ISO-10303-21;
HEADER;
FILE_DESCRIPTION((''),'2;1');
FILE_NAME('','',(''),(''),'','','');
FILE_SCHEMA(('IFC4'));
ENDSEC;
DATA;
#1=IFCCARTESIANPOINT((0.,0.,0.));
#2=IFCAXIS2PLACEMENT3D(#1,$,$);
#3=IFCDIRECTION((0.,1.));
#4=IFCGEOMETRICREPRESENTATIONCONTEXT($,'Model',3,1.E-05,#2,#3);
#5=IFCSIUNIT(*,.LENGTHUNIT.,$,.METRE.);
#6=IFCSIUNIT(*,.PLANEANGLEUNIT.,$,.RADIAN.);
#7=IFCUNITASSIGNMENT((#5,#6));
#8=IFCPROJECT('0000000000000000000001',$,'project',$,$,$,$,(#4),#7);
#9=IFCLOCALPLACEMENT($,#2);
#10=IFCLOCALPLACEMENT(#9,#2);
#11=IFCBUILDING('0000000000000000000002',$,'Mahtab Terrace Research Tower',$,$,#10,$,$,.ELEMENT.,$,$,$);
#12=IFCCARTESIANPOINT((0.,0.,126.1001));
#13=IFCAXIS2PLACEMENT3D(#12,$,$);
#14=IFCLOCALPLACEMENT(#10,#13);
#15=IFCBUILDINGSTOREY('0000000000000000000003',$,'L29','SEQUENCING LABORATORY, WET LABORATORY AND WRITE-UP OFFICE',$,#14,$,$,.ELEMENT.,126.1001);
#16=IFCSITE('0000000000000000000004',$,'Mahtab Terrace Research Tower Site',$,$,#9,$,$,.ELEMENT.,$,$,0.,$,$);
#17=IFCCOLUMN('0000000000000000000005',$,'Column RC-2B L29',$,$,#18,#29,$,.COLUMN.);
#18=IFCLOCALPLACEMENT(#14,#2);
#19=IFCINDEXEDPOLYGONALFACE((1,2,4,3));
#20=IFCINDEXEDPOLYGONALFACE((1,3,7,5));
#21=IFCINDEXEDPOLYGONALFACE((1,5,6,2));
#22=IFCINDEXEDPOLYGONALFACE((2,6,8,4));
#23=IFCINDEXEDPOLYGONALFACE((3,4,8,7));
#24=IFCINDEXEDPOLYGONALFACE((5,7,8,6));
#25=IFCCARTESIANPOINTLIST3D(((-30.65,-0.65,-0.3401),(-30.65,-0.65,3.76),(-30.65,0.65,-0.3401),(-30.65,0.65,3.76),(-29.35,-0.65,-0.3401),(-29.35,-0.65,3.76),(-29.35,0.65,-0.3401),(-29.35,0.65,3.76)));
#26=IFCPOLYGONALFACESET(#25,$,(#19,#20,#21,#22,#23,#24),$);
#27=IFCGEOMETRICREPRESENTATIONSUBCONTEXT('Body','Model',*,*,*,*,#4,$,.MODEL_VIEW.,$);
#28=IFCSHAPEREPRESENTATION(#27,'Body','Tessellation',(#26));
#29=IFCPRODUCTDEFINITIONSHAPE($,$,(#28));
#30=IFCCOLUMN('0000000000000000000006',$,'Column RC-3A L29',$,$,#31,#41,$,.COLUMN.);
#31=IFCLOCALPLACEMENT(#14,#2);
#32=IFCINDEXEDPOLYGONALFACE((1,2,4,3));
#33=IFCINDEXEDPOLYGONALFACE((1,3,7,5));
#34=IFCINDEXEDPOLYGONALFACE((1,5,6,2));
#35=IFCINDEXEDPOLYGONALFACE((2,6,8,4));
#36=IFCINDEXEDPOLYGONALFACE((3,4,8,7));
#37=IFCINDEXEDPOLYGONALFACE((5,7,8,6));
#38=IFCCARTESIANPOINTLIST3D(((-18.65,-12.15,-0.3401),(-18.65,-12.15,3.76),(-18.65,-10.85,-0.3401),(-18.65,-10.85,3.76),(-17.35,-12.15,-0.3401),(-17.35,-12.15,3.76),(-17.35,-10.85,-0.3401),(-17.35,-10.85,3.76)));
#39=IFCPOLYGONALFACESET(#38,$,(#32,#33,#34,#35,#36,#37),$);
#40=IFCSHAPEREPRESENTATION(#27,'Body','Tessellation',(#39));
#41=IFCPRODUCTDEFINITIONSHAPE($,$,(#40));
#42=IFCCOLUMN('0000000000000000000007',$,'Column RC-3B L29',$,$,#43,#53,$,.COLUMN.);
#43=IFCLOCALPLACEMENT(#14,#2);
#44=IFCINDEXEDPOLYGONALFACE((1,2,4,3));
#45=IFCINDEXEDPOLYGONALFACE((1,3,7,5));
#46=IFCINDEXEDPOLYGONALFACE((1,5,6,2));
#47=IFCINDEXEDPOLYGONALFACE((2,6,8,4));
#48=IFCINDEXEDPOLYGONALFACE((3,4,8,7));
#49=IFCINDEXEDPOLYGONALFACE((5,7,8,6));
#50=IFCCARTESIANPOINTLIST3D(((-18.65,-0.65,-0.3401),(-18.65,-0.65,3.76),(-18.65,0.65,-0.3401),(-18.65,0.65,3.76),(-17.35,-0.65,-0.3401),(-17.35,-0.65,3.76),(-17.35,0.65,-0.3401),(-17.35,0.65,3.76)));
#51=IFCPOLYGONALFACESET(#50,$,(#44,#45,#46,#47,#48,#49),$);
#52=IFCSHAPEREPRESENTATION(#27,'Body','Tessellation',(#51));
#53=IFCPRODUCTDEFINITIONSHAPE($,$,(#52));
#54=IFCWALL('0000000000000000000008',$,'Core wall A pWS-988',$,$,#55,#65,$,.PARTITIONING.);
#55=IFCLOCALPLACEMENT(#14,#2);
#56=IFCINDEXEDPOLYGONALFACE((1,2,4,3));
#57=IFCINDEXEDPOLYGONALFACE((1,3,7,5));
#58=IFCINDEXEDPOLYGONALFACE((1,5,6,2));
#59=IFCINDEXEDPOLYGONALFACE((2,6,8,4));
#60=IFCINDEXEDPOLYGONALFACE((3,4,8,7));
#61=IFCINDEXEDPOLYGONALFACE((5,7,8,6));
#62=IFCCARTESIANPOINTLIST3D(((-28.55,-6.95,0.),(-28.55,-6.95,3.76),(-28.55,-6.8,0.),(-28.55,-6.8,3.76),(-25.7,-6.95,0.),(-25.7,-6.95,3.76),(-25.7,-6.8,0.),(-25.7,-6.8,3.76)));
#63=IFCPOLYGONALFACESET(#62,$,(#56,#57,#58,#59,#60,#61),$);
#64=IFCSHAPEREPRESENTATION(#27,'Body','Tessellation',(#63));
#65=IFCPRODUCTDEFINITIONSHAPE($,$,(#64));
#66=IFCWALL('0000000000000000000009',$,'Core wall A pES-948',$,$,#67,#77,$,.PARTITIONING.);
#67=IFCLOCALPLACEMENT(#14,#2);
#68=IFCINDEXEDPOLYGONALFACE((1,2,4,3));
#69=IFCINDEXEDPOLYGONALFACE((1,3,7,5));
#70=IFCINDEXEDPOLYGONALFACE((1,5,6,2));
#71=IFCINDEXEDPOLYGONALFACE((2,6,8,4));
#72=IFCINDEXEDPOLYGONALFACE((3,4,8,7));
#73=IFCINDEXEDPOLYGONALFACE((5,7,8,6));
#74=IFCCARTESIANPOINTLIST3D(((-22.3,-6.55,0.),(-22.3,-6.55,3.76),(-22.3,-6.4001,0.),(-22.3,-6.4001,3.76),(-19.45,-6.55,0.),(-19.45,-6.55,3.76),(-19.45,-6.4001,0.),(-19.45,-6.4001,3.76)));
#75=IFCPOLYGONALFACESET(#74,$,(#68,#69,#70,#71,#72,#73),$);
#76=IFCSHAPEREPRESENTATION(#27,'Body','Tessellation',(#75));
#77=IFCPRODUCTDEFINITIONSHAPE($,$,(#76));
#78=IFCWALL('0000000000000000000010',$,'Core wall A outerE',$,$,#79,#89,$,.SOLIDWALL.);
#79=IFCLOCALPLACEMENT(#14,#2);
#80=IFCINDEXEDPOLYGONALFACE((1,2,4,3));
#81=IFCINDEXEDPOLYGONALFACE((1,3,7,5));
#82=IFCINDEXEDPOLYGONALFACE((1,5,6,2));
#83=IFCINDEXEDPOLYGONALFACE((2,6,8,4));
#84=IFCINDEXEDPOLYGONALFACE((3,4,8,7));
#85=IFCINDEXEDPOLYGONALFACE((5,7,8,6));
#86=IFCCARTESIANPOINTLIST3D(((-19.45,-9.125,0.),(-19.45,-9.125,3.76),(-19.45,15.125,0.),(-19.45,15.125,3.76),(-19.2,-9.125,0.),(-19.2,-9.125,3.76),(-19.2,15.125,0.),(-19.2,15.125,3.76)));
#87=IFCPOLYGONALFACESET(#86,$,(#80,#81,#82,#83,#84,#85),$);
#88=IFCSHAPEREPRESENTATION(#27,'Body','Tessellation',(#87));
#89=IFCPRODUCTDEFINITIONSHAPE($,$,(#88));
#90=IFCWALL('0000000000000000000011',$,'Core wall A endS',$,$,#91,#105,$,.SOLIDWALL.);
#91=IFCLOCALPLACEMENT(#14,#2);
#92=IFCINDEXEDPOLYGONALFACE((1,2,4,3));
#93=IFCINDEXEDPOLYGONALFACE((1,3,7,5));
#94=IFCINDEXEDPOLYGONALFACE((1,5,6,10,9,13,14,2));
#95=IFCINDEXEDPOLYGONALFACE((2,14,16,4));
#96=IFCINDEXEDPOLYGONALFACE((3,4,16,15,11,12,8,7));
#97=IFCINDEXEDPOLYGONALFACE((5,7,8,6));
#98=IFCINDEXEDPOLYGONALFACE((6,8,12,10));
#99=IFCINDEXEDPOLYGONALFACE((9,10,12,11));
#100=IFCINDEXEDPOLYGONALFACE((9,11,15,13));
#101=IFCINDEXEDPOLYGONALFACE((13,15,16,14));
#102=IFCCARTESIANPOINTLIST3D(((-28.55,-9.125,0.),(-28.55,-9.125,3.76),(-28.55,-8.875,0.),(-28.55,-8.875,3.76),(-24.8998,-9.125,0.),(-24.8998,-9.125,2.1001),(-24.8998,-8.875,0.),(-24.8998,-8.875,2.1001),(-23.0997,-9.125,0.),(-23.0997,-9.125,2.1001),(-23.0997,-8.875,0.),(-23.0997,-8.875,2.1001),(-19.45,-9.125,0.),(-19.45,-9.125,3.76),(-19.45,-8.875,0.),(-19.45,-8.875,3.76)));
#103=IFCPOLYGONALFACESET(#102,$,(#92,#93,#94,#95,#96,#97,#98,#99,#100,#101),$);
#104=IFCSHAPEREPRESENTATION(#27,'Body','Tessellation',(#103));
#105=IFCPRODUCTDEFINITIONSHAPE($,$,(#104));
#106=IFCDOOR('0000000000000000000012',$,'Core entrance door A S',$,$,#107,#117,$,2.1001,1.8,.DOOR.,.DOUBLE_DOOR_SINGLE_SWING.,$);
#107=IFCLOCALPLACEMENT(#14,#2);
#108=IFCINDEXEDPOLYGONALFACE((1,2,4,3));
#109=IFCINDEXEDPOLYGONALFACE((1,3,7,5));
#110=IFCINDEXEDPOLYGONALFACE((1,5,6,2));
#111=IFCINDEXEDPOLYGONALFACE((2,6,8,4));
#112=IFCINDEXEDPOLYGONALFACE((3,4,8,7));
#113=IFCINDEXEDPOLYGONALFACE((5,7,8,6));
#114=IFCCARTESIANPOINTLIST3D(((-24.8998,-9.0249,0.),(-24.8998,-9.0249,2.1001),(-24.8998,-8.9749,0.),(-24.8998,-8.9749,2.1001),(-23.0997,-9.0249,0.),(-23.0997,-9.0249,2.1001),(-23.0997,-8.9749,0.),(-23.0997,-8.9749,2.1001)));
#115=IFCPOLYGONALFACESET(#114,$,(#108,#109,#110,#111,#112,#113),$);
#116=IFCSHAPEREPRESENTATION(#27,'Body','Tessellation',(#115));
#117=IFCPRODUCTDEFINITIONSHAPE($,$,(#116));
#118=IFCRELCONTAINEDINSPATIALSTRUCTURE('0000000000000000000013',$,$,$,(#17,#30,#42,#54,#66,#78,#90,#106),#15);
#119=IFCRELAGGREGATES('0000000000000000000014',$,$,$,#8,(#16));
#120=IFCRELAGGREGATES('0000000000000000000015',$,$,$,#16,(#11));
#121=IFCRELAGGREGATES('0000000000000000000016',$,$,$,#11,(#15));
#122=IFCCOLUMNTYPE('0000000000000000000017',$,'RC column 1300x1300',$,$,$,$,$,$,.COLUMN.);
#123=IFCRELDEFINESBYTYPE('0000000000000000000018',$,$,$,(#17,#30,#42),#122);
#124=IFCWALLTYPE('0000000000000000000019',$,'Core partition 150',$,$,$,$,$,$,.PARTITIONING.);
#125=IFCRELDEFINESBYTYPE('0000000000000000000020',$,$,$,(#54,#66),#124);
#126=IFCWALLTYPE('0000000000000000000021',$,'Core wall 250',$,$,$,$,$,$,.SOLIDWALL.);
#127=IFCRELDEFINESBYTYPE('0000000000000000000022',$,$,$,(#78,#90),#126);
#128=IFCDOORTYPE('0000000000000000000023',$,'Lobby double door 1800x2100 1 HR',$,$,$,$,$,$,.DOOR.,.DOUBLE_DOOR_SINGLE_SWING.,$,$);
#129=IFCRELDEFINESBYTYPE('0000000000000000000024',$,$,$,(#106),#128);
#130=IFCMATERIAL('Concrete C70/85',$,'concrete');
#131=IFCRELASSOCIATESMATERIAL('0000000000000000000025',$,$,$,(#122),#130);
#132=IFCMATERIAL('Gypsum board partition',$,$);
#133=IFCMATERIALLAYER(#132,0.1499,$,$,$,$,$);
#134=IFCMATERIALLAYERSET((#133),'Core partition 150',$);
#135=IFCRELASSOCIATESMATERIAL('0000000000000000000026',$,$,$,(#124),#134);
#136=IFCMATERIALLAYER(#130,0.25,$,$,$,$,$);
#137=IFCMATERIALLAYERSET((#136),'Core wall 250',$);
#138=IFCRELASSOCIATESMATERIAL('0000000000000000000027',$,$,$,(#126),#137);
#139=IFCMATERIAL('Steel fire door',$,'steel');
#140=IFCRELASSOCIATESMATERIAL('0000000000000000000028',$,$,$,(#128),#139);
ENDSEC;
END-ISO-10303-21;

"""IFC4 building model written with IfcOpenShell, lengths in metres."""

from ifc_helpers import new_model, si_unit, direction, frame, frame_2d, origin, origin_2d, place, context, subcontext, project, spatial, rectangle, extrude, material, layer, layer_set, material_profile, profile_set, type_object, element, fill, save


model = new_model("IFC4")

# Units and contexts
model_context = context("Model", 3, precision=1e-05, world=origin(), true_north=direction((0.0, 1.0)))
body_context = subcontext(model_context, "Body", "Model", "MODEL_VIEW")
ifc_project = project(units=[si_unit("LENGTHUNIT", "METRE"), si_unit("PLANEANGLEUNIT", "RADIAN")], contexts=[model_context])

# Site, building, storey
site_placement = place(None, origin())
site = spatial("IfcSite", under=ifc_project, at=site_placement, Name="Mahtab Terrace Research Tower Site", CompositionType="ELEMENT", RefElevation=0.0)
building_placement = place(site_placement, origin())
building = spatial("IfcBuilding", under=site, at=building_placement, Name="Mahtab Terrace Research Tower", CompositionType="ELEMENT")
storey_placement = place(building_placement, frame((0.0, 0.0, 126.1001)))
storey = spatial("IfcBuildingStorey", under=building, at=storey_placement, Name="L29", Description="SEQUENCING LABORATORY, WET LABORATORY AND WRITE-UP OFFICE", CompositionType="ELEMENT", Elevation=126.1001)

# Columns
ifc_material_1 = material(Name="Concrete C70/85", Category="concrete")
ifc_material_profile = material_profile(ifc_material_1, rectangle(XDim=1.3, YDim=1.3, at=origin_2d()), Name="RC column 1300x1300")
ifc_profile_set = profile_set([ifc_material_profile], Name="Concrete C70/85")
column_type = type_object("IfcColumnType", Name="RC column 1300x1300", PredefinedType="COLUMN", material=ifc_profile_set)
for number, where, z_axis, x_axis, name in (
    (1, (-30.0, 0.0, -0.3401), (0.0, 0.0, 1.0), (1.0, 0.0, 0.0), "Column RC-2B L29"),
    (2, (-18.0, -11.5, -0.3401), (0.0, 0.0, 1.0), (1.0, 0.0, 0.0), "Column RC-3A L29"),
    (3, (-18.0, 0.0, -0.3401), (0.0, 0.0, 1.0), (1.0, 0.0, 0.0), "Column RC-3B L29"),
):
    element("IfcColumn", number, at=place(storey_placement, frame(where, z_axis=z_axis, x_axis=x_axis)), inside=storey, type_object=column_type, Name=name, PredefinedType="COLUMN", context=body_context, shape_type="SweptSolid", body=[
        extrude(rectangle(XDim=1.3, YDim=1.3, at=origin_2d()), origin(), (0.0, 0.0, 1.0), 4.1001),
    ])

# Walls
ifc_material_2 = material(Name="Gypsum board partition")
ifc_layer_1 = layer(ifc_material_2, 0.1499)
ifc_layer_set_1 = layer_set([ifc_layer_1], Name="Core partition 150")
wall_type_1 = type_object("IfcWallType", Name="Core partition 150", PredefinedType="PARTITIONING", material=ifc_layer_set_1)
for number, where, z_axis, x_axis, name in (
    (4, (-28.55, -6.875, 0.0), (0.0, 0.0, 1.0), (1.0, 0.0, 0.0), "Core wall A pWS-988"),
    (5, (-22.3, -6.4751, 0.0), (0.0, 0.0, 1.0), (1.0, 0.0, 0.0), "Core wall A pES-948"),
):
    element("IfcWall", number, at=place(storey_placement, frame(where, z_axis=z_axis, x_axis=x_axis)), inside=storey, type_object=wall_type_1, Name=name, PredefinedType="PARTITIONING", context=body_context, shape_type="SweptSolid", body=[
        extrude(rectangle(XDim=2.8501, YDim=0.1499, at=frame_2d((1.425, 0.0))), origin(), (0.0, 0.0, 1.0), 3.76),
    ])
ifc_layer_2 = layer(ifc_material_1, 0.25)
ifc_layer_set_2 = layer_set([ifc_layer_2], Name="Core wall 250")
wall_type_2 = type_object("IfcWallType", Name="Core wall 250", PredefinedType="SOLIDWALL", material=ifc_layer_set_2)
wall_1_placement = place(storey_placement, frame((-19.325, -9.125, 0.0), z_axis=(0.0, 0.0, 1.0), x_axis=(0.0, 1.0, 0.0)))
element("IfcWall", 6, at=wall_1_placement, inside=storey, type_object=wall_type_2, Name="Core wall A outerE", PredefinedType="SOLIDWALL", context=body_context, shape_type="SweptSolid", body=[
    extrude(rectangle(XDim=24.25, YDim=0.25, at=frame_2d((12.125, 0.0))), origin(), (0.0, 0.0, 1.0), 3.76),
])

# Wall, opening, door
wall_2_placement = place(storey_placement, frame((-19.45, -9.0, 0.0), z_axis=(0.0, 0.0, 1.0), x_axis=(-1.0, 0.0, 0.0)))
wall_2 = element("IfcWall", 7, at=wall_2_placement, inside=storey, type_object=wall_type_2, Name="Core wall A endS", PredefinedType="SOLIDWALL", context=body_context, shape_type="SweptSolid", body=[
    extrude(rectangle(XDim=9.1001, YDim=0.25, at=frame_2d((4.55, 0.0))), origin(), (0.0, 0.0, 1.0), 3.76),
])
opening_1_placement = place(wall_2_placement, frame((3.6499, 0.0, 0.0)))
opening_1 = element("IfcOpeningElement", 8, at=opening_1_placement, cuts=wall_2, PredefinedType="OPENING", context=body_context, shape_type="SweptSolid", body=[
    extrude(rectangle(XDim=1.8, YDim=2.1001, at=frame_2d((0.8999, 1.05))), frame((0.0, 0.135, 0.0), z_axis=(0.0, -1.0, 0.0), x_axis=(1.0, 0.0, 0.0)), (0.0, 0.0, 1.0), 0.27),
])
ifc_material_3 = material(Name="Steel fire door", Category="steel")
door_type_1 = type_object("IfcDoorType", Name="Lobby double door 1800x2100 1 HR", OperationType="DOUBLE_DOOR_SINGLE_SWING", PredefinedType="DOOR", material=ifc_material_3)
door_1_placement = place(opening_1_placement, origin())
door_1 = element("IfcDoor", 9, at=door_1_placement, inside=storey, type_object=door_type_1, Name="Core entrance door A S", OperationType="DOUBLE_DOOR_SINGLE_SWING", OverallHeight=2.1001, OverallWidth=1.8, PredefinedType="DOOR", context=body_context, shape_type="SweptSolid", body=[
    extrude(rectangle(XDim=1.8, YDim=2.1001, at=frame_2d((0.8999, 1.05))), frame((0.0, 0.0249, 0.0), z_axis=(0.0, -1.0, 0.0), x_axis=(1.0, 0.0, 0.0)), (0.0, 0.0, 1.0), 0.05),
])
fill(opening_1, door_1)

save(model, "model.ifc")
